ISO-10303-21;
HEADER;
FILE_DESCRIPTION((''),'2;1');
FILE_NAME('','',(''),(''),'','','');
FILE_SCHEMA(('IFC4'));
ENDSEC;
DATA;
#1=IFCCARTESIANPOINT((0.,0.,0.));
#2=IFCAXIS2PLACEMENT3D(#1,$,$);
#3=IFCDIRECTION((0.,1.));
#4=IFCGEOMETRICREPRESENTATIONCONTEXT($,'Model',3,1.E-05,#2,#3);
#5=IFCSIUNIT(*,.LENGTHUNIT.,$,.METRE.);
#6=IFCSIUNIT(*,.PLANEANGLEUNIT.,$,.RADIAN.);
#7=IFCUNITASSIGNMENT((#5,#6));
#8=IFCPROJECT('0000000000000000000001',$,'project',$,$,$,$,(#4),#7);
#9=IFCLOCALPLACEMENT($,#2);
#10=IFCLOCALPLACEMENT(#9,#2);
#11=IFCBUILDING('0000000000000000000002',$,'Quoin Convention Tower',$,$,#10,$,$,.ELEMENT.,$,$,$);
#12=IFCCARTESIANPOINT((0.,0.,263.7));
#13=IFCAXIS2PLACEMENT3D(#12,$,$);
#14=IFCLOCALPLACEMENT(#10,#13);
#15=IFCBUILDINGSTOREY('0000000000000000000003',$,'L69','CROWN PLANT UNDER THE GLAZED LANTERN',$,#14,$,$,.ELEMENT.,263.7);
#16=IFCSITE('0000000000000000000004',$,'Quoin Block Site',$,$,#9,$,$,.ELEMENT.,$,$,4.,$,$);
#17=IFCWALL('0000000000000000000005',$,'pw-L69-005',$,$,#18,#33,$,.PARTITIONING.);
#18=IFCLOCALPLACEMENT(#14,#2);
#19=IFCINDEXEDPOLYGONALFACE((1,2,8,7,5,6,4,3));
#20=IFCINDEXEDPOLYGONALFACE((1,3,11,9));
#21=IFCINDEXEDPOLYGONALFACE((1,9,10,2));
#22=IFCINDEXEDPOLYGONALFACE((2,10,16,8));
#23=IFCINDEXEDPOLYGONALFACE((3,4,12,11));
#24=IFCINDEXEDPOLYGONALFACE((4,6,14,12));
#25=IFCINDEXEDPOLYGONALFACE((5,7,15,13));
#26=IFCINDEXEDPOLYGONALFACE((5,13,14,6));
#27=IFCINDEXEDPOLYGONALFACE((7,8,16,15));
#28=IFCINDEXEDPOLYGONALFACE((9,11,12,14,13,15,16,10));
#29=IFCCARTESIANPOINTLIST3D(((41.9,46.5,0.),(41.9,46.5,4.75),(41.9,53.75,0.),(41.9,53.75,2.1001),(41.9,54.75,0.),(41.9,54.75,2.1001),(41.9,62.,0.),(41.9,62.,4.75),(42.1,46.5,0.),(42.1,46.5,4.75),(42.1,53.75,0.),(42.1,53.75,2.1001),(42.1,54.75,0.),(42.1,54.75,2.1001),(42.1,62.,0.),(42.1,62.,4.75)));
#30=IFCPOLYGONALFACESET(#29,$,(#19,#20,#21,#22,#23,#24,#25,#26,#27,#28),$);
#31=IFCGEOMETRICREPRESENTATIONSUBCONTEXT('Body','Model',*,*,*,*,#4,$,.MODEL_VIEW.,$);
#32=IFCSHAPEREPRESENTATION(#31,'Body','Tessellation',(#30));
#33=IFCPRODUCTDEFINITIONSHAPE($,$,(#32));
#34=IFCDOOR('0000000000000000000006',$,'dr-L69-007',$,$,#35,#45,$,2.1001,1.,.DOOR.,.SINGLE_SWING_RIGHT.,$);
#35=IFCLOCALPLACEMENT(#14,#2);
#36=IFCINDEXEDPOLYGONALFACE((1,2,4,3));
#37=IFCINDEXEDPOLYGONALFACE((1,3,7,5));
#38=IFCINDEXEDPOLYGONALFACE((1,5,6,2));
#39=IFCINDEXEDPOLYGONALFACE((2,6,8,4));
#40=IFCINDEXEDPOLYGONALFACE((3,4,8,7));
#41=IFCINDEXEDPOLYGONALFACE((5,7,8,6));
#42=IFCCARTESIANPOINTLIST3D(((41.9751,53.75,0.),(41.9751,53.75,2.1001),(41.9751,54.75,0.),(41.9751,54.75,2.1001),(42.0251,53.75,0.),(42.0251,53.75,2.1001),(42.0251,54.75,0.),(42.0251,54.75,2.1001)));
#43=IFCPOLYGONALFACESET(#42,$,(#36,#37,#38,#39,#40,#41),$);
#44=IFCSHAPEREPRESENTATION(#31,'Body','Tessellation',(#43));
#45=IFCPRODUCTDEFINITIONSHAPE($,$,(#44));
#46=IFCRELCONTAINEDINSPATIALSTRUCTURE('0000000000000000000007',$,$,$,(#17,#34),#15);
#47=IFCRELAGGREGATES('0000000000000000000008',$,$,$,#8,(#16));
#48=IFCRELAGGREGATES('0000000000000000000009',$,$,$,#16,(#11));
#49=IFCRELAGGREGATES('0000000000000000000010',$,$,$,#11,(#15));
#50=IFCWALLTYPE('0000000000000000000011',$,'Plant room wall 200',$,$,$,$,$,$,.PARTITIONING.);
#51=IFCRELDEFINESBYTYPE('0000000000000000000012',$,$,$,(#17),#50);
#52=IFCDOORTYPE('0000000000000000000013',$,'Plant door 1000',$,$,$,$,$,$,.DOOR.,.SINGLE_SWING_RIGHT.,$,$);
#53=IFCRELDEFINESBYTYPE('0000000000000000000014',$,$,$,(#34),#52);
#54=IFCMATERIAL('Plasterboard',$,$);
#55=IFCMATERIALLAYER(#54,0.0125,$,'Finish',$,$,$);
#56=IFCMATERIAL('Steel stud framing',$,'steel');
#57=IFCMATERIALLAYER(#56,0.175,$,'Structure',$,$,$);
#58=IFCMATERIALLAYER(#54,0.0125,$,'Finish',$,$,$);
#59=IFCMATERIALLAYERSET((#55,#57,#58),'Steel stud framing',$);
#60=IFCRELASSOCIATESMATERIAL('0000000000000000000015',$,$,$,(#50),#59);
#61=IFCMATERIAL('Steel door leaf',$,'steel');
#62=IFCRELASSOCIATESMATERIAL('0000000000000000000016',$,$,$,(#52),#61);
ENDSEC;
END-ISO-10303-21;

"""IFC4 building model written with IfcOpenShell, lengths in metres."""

from ifc_helpers import new_model, si_unit, direction, frame, frame_2d, origin, place, context, subcontext, project, spatial, rectangle, extrude, material, layer, layer_set, type_object, element, fill, save


model = new_model("IFC4")

# Units and contexts
model_context = context("Model", 3, precision=1e-05, world=origin(), true_north=direction((0.0, 1.0)))
body_context = subcontext(model_context, "Body", "Model", "MODEL_VIEW")
ifc_project = project(units=[si_unit("LENGTHUNIT", "METRE"), si_unit("PLANEANGLEUNIT", "RADIAN")], contexts=[model_context])

# Site, building, storey
site_placement = place(None, origin())
site = spatial("IfcSite", under=ifc_project, at=site_placement, Name="Quoin Block Site", CompositionType="ELEMENT", RefElevation=4.0)
building_placement = place(site_placement, origin())
building = spatial("IfcBuilding", under=site, at=building_placement, Name="Quoin Convention Tower", CompositionType="ELEMENT")
storey_placement = place(building_placement, frame((0.0, 0.0, 263.7)))
storey = spatial("IfcBuildingStorey", under=building, at=storey_placement, Name="L69", Description="CROWN PLANT UNDER THE GLAZED LANTERN", CompositionType="ELEMENT", Elevation=263.7)

# Wall, opening, door
ifc_material_1 = material(Name="Plasterboard")
ifc_layer_1 = layer(ifc_material_1, 0.0125, Name="Finish")
ifc_material_2 = material(Name="Steel stud framing", Category="steel")
ifc_layer_2 = layer(ifc_material_2, 0.175, Name="Structure")
ifc_layer_3 = layer(ifc_material_1, 0.0125, Name="Finish")
ifc_layer_set_1 = layer_set([ifc_layer_1, ifc_layer_2, ifc_layer_3], Name="Steel stud framing")
wall_type = type_object("IfcWallType", Name="Plant room wall 200", PredefinedType="PARTITIONING", material=ifc_layer_set_1)
ifc_material_3 = material(Name="Steel door leaf", Category="steel")
wall_1_placement = place(storey_placement, frame((42.0, 46.5, 0.0), z_axis=(0.0, 0.0, 1.0), x_axis=(0.0, 1.0, 0.0)))
wall_1 = element("IfcWall", 1, at=wall_1_placement, inside=storey, type_object=wall_type, Name="pw-L69-005", PredefinedType="PARTITIONING", context=body_context, shape_type="SweptSolid", body=[
    extrude(rectangle(XDim=15.5, YDim=0.2, at=frame_2d((7.75, 0.0))), origin(), (0.0, 0.0, 1.0), 4.75),
])
opening_1_placement = place(wall_1_placement, frame((7.25, 0.0, 0.0)))
opening_1 = element("IfcOpeningElement", 2, at=opening_1_placement, cuts=wall_1, PredefinedType="OPENING", context=body_context, shape_type="SweptSolid", body=[
    extrude(rectangle(XDim=1.0, YDim=2.1001, at=frame_2d((0.5, 1.05))), frame((0.0, 0.1099, 0.0), z_axis=(0.0, -1.0, 0.0), x_axis=(1.0, 0.0, 0.0)), (0.0, 0.0, 1.0), 0.22),
])
door_type_1 = type_object("IfcDoorType", Name="Plant door 1000", OperationType="SINGLE_SWING_RIGHT", PredefinedType="DOOR", material=ifc_material_3)
door_1_placement = place(opening_1_placement, origin())
door_1 = element("IfcDoor", 3, at=door_1_placement, inside=storey, type_object=door_type_1, Name="dr-L69-007", OperationType="SINGLE_SWING_RIGHT", OverallHeight=2.1001, OverallWidth=1.0, PredefinedType="DOOR", context=body_context, shape_type="SweptSolid", body=[
    extrude(rectangle(XDim=1.0, YDim=2.1001, at=frame_2d((0.5, 1.05))), frame((0.0, 0.0249, 0.0), z_axis=(0.0, -1.0, 0.0), x_axis=(1.0, 0.0, 0.0)), (0.0, 0.0, 1.0), 0.05),
])
fill(opening_1, door_1)

save(model, "model.ifc")
